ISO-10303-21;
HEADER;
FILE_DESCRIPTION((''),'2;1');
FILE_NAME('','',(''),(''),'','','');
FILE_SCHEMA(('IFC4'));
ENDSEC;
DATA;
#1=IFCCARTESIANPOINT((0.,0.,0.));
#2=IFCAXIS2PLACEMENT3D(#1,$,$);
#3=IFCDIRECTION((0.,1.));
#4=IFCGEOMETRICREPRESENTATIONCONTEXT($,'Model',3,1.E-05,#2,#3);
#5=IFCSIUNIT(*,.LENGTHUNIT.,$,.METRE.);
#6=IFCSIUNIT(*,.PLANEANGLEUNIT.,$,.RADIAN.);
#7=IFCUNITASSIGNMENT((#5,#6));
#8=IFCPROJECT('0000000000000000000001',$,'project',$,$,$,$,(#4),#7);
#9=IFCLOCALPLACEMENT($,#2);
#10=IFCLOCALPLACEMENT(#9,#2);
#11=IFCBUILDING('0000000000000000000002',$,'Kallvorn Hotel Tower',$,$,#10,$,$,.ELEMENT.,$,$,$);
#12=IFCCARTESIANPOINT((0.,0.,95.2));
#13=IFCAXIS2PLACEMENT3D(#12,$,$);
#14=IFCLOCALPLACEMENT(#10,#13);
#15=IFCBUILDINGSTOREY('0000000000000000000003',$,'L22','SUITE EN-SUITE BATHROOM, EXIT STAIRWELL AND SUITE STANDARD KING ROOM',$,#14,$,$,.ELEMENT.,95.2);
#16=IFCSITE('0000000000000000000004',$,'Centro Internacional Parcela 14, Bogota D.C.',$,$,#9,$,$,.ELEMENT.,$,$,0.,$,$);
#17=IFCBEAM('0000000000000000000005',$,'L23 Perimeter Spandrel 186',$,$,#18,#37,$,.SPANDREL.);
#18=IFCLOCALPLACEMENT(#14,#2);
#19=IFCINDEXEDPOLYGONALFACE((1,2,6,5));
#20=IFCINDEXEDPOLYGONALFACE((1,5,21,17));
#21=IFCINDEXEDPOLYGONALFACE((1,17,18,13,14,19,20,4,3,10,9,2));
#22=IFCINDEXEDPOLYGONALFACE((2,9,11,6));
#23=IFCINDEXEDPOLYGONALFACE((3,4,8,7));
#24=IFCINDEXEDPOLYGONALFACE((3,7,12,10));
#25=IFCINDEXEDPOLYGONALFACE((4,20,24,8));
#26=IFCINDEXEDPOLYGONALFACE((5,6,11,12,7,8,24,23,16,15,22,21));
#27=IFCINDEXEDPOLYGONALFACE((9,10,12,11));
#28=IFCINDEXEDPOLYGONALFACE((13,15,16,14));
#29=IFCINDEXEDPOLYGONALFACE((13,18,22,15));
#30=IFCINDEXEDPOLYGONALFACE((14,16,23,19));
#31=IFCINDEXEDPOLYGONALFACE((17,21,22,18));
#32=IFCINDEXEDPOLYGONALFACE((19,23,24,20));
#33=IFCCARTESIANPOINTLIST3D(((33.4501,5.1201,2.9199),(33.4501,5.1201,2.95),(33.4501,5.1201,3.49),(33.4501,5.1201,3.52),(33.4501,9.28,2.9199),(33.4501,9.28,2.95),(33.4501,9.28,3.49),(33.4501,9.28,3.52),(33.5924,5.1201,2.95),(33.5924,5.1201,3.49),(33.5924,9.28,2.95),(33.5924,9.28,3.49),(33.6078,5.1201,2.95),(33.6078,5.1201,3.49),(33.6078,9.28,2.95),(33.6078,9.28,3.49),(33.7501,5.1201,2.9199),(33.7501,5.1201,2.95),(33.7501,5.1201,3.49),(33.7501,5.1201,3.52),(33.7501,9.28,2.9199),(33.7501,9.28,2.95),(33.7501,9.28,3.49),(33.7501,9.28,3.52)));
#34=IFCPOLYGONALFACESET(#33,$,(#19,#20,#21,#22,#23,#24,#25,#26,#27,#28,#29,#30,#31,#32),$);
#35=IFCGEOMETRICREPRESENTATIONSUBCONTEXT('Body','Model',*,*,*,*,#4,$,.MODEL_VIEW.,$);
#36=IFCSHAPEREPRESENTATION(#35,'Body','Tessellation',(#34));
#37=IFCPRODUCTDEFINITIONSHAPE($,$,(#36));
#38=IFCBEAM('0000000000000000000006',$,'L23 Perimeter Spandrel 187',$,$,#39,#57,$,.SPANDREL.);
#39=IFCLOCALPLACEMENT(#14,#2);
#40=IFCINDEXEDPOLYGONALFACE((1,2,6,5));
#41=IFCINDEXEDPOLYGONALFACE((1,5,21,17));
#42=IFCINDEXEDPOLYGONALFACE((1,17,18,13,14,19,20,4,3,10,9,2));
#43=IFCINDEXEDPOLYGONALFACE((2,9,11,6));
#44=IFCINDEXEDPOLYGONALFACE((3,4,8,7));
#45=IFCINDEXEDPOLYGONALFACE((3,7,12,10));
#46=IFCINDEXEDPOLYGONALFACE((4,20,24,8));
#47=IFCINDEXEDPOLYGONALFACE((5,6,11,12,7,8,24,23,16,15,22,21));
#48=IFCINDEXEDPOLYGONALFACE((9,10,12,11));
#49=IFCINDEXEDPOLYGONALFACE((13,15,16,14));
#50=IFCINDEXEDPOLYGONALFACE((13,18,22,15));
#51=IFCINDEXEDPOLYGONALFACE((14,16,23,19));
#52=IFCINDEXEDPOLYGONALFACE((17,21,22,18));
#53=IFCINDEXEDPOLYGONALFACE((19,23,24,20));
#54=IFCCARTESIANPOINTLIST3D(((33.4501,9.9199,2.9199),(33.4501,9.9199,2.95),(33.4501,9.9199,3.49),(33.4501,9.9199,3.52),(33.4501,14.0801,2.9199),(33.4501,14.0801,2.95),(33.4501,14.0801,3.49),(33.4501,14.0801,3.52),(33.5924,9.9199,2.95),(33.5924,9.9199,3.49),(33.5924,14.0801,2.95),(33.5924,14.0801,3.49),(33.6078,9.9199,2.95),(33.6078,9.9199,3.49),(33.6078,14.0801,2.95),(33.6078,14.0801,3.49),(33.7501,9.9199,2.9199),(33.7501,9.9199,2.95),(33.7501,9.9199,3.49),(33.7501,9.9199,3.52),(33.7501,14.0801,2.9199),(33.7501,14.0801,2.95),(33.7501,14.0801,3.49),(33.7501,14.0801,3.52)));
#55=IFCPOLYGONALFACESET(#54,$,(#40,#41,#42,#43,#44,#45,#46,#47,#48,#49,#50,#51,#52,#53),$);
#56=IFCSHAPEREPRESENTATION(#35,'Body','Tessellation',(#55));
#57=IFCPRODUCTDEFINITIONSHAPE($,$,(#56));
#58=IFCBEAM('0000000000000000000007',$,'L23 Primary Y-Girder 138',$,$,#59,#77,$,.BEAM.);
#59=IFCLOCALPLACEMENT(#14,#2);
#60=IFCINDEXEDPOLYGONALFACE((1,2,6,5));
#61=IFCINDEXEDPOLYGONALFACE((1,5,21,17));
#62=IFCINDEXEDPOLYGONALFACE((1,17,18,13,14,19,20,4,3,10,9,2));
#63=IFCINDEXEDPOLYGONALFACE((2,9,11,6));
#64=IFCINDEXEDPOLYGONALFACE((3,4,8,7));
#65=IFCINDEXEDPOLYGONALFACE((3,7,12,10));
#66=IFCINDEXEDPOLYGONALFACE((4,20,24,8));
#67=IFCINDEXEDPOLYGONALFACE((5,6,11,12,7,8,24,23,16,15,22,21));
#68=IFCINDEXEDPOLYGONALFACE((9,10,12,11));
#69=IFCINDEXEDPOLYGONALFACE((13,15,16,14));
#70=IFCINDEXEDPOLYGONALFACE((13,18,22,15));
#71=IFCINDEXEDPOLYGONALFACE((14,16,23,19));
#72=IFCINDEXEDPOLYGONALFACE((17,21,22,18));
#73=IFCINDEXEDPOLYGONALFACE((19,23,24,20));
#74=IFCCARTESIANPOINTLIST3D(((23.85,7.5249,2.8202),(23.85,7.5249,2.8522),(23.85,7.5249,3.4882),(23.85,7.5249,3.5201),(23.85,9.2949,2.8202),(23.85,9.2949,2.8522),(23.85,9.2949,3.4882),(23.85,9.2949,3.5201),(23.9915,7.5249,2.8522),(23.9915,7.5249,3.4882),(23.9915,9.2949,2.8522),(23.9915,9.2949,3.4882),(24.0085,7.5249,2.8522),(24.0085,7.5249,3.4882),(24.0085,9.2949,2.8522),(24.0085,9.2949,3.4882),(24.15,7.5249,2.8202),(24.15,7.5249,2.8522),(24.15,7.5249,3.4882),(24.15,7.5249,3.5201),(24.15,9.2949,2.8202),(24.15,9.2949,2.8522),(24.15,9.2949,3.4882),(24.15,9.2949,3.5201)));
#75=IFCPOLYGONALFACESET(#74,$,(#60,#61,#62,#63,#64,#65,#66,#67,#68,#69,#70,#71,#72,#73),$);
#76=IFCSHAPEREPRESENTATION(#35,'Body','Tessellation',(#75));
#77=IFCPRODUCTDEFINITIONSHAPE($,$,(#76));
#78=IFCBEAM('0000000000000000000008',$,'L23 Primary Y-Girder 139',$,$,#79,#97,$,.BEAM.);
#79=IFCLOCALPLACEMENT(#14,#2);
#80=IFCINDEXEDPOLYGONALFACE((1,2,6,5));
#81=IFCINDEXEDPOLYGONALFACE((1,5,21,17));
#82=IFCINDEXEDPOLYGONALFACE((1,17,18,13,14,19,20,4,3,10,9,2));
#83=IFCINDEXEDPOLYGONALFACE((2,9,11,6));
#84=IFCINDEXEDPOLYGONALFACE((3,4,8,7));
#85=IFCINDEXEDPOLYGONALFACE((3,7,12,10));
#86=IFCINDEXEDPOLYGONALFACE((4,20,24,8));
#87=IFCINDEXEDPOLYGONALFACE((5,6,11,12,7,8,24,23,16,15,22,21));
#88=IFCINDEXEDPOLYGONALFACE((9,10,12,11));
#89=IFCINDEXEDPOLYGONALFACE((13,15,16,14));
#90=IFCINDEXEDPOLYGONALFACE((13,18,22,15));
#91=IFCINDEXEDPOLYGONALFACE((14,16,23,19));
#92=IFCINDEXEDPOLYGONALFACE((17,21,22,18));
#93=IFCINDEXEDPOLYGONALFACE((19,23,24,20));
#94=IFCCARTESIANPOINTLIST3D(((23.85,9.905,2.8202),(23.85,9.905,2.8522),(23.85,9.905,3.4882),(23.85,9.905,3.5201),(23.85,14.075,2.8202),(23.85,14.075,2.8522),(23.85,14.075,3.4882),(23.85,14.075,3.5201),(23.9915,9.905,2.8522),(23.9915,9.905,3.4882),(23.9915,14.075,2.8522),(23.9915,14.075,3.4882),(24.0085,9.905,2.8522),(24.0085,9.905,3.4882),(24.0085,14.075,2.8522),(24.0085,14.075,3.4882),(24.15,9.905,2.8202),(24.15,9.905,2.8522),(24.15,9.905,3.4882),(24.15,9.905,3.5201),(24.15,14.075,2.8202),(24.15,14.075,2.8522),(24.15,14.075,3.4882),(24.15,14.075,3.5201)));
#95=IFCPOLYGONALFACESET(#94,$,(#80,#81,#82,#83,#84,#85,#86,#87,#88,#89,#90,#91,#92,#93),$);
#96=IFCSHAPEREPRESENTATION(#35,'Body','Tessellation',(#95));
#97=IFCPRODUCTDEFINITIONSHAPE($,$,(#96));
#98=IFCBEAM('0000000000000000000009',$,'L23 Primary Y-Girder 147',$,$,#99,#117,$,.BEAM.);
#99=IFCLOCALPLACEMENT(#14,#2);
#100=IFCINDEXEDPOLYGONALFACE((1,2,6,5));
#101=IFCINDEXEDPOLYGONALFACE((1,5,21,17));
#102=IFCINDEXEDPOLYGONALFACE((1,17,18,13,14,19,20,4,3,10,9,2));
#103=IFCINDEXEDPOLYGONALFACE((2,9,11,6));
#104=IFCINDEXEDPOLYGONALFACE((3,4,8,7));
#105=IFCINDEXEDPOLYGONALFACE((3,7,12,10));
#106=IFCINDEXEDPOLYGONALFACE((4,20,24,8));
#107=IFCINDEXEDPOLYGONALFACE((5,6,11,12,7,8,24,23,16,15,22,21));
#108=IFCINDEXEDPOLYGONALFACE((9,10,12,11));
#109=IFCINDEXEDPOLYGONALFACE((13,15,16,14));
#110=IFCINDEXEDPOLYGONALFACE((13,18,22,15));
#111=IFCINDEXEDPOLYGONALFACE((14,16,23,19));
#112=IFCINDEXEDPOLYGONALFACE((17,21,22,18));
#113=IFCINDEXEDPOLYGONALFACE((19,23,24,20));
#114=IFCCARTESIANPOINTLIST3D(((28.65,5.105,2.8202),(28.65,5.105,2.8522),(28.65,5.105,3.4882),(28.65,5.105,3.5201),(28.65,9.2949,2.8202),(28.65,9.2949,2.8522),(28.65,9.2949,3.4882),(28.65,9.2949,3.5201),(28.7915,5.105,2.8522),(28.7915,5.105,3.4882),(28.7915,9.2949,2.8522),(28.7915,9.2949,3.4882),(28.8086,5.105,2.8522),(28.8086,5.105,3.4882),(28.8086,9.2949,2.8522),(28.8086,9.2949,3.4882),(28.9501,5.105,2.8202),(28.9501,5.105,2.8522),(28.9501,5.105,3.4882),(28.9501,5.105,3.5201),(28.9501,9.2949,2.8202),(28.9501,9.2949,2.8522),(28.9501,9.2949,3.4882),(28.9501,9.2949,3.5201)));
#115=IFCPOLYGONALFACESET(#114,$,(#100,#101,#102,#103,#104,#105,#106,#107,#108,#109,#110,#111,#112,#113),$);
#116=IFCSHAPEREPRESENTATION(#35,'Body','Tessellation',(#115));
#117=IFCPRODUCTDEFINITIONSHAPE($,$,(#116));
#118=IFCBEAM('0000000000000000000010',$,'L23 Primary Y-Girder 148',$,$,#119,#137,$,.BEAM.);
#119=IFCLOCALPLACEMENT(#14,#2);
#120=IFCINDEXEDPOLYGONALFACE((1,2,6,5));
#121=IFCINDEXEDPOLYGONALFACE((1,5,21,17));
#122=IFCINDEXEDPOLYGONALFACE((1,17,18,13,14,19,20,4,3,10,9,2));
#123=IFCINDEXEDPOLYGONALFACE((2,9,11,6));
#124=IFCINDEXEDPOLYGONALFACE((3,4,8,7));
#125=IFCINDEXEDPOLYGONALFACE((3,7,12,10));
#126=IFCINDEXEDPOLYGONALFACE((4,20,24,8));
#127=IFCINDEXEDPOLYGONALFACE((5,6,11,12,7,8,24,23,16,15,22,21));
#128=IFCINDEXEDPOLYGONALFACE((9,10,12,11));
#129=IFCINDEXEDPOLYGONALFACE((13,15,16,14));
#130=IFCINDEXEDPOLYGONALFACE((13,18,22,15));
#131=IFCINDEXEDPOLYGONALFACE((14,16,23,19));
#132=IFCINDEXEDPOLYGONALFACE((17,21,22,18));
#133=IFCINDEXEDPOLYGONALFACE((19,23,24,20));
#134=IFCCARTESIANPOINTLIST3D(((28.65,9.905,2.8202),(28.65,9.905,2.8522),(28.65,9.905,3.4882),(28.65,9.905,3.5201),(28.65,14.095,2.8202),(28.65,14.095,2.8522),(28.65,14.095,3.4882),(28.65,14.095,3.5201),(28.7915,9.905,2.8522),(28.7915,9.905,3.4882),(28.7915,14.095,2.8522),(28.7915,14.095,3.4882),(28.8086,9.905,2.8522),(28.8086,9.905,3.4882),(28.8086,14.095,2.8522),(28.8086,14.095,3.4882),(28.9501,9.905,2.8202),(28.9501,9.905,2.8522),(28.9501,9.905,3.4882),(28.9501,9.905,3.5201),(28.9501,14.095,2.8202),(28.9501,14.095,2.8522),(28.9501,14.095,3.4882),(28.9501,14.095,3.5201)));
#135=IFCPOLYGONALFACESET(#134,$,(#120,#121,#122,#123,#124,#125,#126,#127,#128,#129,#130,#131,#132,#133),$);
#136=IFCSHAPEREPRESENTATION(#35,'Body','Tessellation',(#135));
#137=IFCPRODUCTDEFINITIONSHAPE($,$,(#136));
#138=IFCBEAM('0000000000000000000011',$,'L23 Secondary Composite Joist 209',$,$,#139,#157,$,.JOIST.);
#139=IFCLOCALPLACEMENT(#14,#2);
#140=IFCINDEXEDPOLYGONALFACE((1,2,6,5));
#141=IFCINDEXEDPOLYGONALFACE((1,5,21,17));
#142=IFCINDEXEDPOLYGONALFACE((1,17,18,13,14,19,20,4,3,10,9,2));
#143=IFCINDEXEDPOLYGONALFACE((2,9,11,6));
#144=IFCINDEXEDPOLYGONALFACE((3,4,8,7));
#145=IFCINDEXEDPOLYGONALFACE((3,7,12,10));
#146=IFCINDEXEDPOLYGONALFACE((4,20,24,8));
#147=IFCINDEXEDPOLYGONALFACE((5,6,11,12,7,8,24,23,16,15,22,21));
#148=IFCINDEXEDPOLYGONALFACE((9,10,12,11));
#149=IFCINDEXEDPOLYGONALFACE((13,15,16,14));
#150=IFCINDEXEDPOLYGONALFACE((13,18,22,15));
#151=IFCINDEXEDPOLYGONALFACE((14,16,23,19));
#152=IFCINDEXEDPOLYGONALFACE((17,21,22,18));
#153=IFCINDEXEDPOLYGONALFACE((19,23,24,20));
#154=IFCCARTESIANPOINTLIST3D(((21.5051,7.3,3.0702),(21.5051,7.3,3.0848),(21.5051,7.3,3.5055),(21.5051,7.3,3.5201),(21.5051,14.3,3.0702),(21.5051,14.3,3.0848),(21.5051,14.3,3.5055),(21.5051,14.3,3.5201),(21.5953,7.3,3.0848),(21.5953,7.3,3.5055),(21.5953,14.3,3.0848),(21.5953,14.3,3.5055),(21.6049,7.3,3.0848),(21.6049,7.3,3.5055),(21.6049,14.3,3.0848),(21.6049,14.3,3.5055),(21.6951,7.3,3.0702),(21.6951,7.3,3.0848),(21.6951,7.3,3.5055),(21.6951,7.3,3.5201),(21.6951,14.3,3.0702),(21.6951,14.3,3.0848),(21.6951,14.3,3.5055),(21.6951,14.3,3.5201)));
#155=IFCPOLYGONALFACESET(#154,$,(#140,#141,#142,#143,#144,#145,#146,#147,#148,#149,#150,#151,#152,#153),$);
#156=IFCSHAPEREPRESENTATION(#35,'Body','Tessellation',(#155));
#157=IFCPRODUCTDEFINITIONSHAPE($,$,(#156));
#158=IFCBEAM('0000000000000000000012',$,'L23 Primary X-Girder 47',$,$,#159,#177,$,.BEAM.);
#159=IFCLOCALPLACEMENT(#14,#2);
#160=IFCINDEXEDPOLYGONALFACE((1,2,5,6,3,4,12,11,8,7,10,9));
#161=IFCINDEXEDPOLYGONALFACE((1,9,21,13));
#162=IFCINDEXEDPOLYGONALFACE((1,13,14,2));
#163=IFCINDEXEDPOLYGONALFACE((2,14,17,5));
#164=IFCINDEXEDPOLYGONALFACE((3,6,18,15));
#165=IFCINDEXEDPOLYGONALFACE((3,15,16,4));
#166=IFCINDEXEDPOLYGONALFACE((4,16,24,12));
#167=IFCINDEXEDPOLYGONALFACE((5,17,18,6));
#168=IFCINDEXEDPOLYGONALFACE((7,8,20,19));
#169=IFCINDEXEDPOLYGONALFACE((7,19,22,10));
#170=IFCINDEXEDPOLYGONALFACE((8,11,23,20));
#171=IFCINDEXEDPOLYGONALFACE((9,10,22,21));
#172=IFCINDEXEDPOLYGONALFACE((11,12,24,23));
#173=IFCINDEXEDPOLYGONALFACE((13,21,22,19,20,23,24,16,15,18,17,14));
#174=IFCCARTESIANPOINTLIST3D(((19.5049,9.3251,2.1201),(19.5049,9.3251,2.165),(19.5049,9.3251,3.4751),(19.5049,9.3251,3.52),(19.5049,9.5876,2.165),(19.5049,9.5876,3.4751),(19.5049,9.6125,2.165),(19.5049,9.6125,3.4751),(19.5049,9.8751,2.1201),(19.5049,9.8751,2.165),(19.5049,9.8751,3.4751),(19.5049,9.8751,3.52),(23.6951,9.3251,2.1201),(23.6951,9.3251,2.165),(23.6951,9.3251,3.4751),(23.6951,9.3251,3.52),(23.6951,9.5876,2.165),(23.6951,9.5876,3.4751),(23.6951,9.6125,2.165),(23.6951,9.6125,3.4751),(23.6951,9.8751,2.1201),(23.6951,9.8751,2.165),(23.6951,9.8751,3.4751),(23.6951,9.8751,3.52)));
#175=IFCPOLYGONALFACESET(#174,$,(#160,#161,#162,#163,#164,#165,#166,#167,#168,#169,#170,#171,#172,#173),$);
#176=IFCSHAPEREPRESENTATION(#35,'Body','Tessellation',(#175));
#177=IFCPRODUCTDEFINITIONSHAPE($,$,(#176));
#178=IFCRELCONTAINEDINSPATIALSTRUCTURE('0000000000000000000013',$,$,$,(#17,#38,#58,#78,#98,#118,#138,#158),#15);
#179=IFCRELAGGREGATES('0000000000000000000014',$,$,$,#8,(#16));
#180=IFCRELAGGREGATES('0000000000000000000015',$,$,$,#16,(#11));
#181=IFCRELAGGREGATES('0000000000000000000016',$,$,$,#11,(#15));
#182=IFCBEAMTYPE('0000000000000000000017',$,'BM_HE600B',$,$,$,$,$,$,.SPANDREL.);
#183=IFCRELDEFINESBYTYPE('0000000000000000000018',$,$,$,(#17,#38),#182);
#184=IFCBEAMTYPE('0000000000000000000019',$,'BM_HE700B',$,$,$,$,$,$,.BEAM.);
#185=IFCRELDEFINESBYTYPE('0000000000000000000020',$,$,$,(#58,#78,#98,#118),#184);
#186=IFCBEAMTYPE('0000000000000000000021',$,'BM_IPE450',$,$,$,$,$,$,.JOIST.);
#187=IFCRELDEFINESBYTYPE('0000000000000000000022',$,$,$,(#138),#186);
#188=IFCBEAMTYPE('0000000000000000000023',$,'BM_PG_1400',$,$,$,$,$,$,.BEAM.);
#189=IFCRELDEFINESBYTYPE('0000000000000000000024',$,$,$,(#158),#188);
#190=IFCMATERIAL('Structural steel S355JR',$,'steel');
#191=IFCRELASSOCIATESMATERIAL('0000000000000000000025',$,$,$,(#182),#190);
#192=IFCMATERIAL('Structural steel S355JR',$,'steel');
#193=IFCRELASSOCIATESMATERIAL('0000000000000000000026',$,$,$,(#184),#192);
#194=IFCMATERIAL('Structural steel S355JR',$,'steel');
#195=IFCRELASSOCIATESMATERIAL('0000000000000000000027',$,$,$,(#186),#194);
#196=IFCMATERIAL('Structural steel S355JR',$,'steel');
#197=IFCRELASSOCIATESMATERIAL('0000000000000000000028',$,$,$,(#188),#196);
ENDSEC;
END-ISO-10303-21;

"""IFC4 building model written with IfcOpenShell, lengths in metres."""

from ifc_helpers import new_model, si_unit, direction, frame, origin, origin_2d, place, context, subcontext, project, spatial, i_section, extrude, material, material_profile, profile_set, type_object, element, save


model = new_model("IFC4")

# Units and contexts
model_context = context("Model", 3, precision=1e-05, world=origin(), true_north=direction((0.0, 1.0)))
body_context = subcontext(model_context, "Body", "Model", "MODEL_VIEW")
ifc_project = project(units=[si_unit("LENGTHUNIT", "METRE"), si_unit("PLANEANGLEUNIT", "RADIAN")], contexts=[model_context])

# Site, building, storey
site_placement = place(None, origin())
site = spatial("IfcSite", under=ifc_project, at=site_placement, Name="Centro Internacional Parcela 14, Bogota D.C.", CompositionType="ELEMENT", RefElevation=0.0)
building_placement = place(site_placement, origin())
building = spatial("IfcBuilding", under=site, at=building_placement, Name="Kallvorn Hotel Tower", CompositionType="ELEMENT")
storey_placement = place(building_placement, frame((0.0, 0.0, 95.2)))
storey = spatial("IfcBuildingStorey", under=building, at=storey_placement, Name="L22", Description="SUITE EN-SUITE BATHROOM, EXIT STAIRWELL AND SUITE STANDARD KING ROOM", CompositionType="ELEMENT", Elevation=95.2)

# Beams
ifc_material_1 = material(Name="Structural steel S355JR", Category="steel")
ifc_material_profile_1 = material_profile(ifc_material_1, i_section(OverallWidth=0.3, OverallDepth=0.6001, WebThickness=0.0154, FlangeThickness=0.03, at=origin_2d()), Name="HE 600 B")
ifc_profile_set_1 = profile_set([ifc_material_profile_1], Name="Structural steel S355JR")
beam_type_1 = type_object("IfcBeamType", Name="BM_HE600B", PredefinedType="SPANDREL", material=ifc_profile_set_1)
for number, where, z_axis, x_axis, name in (
    (1, (33.6001, 5.1201, 3.22), (0.0, 1.0, 0.0), (-1.0, 0.0, 0.0), "L23 Perimeter Spandrel 186"),
):
    element("IfcBeam", number, at=place(storey_placement, frame(where, z_axis=z_axis, x_axis=x_axis)), inside=storey, type_object=beam_type_1, Name=name, PredefinedType="SPANDREL", context=body_context, shape_type="SweptSolid", body=[
        extrude(i_section(OverallWidth=0.3, OverallDepth=0.6001, WebThickness=0.0154, FlangeThickness=0.03, at=origin_2d()), origin(), (0.0, 0.0, 1.0), 4.1599),
    ])
beam_1_placement = place(storey_placement, frame((33.6001, 9.9199, 3.22), z_axis=(0.0, 1.0, 0.0), x_axis=(-1.0, 0.0, 0.0)))
element("IfcBeam", 2, at=beam_1_placement, inside=storey, type_object=beam_type_1, Name="L23 Perimeter Spandrel 187", PredefinedType="SPANDREL", context=body_context, shape_type="SweptSolid", body=[
    extrude(i_section(OverallWidth=0.3, OverallDepth=0.6001, WebThickness=0.0154, FlangeThickness=0.03, at=origin_2d()), origin(), (0.0, 0.0, 1.0), 4.1602),
])
ifc_material_2 = material(Name="Structural steel S355JR", Category="steel")
ifc_material_profile_2 = material_profile(ifc_material_2, i_section(OverallWidth=0.3, OverallDepth=0.7, WebThickness=0.0171, FlangeThickness=0.032, at=origin_2d()), Name="HE 700 B")
ifc_profile_set_2 = profile_set([ifc_material_profile_2], Name="Structural steel S355JR")
beam_type_2 = type_object("IfcBeamType", Name="BM_HE700B", PredefinedType="BEAM", material=ifc_profile_set_2)
beam_2_placement = place(storey_placement, frame((24.0, 7.5249, 3.1702), z_axis=(0.0, 1.0, 0.0), x_axis=(-1.0, 0.0, 0.0)))
element("IfcBeam", 3, at=beam_2_placement, inside=storey, type_object=beam_type_2, Name="L23 Primary Y-Girder 138", PredefinedType="BEAM", context=body_context, shape_type="SweptSolid", body=[
    extrude(i_section(OverallWidth=0.3, OverallDepth=0.7, WebThickness=0.0171, FlangeThickness=0.032, at=origin_2d()), origin(), (0.0, 0.0, 1.0), 1.77),
])
beam_3_placement = place(storey_placement, frame((24.0, 9.905, 3.1702), z_axis=(0.0, 1.0, 0.0), x_axis=(-1.0, 0.0, 0.0)))
element("IfcBeam", 4, at=beam_3_placement, inside=storey, type_object=beam_type_2, Name="L23 Primary Y-Girder 139", PredefinedType="BEAM", context=body_context, shape_type="SweptSolid", body=[
    extrude(i_section(OverallWidth=0.3, OverallDepth=0.7, WebThickness=0.0171, FlangeThickness=0.032, at=origin_2d()), origin(), (0.0, 0.0, 1.0), 4.1699),
])
for number, where, z_axis, x_axis, name in (
    (5, (28.8, 5.105, 3.1702), (0.0, 1.0, 0.0), (-1.0, 0.0, 0.0), "L23 Primary Y-Girder 147"),
    (6, (28.8, 9.905, 3.1702), (0.0, 1.0, 0.0), (-1.0, 0.0, 0.0), "L23 Primary Y-Girder 148"),
):
    element("IfcBeam", number, at=place(storey_placement, frame(where, z_axis=z_axis, x_axis=x_axis)), inside=storey, type_object=beam_type_2, Name=name, PredefinedType="BEAM", context=body_context, shape_type="SweptSolid", body=[
        extrude(i_section(OverallWidth=0.3, OverallDepth=0.7, WebThickness=0.0171, FlangeThickness=0.032, at=origin_2d()), origin(), (0.0, 0.0, 1.0), 4.1899),
    ])
ifc_material_3 = material(Name="Structural steel S355JR", Category="steel")
ifc_material_profile_3 = material_profile(ifc_material_3, i_section(OverallWidth=0.1899, OverallDepth=0.45, WebThickness=0.0095, FlangeThickness=0.0146, at=origin_2d()), Name="IPE 450")
ifc_profile_set_3 = profile_set([ifc_material_profile_3], Name="Structural steel S355JR")
beam_type_3 = type_object("IfcBeamType", Name="BM_IPE450", PredefinedType="JOIST", material=ifc_profile_set_3)
beam_4_placement = place(storey_placement, frame((21.6001, 7.3, 3.2952), z_axis=(0.0, 1.0, 0.0), x_axis=(-1.0, 0.0, 0.0)))
element("IfcBeam", 7, at=beam_4_placement, inside=storey, type_object=beam_type_3, Name="L23 Secondary Composite Joist 209", PredefinedType="JOIST", context=body_context, shape_type="SweptSolid", body=[
    extrude(i_section(OverallWidth=0.1899, OverallDepth=0.45, WebThickness=0.0095, FlangeThickness=0.0146, at=origin_2d()), origin(), (0.0, 0.0, 1.0), 7.0),
])
ifc_material_4 = material(Name="Structural steel S355JR", Category="steel")
ifc_material_profile_4 = material_profile(ifc_material_4, i_section(OverallWidth=0.55, OverallDepth=1.3999, WebThickness=0.0249, FlangeThickness=0.0449, at=origin_2d()), Name="PG 1400x550x25x45")
ifc_profile_set_4 = profile_set([ifc_material_profile_4], Name="Structural steel S355JR")
beam_type_4 = type_object("IfcBeamType", Name="BM_PG_1400", PredefinedType="BEAM", material=ifc_profile_set_4)
for number, where, z_axis, x_axis, name in (
    (8, (19.5049, 9.6001, 2.8201), (1.0, 0.0, 0.0), (0.0, 1.0, 0.0), "L23 Primary X-Girder 47"),
):
    element("IfcBeam", number, at=place(storey_placement, frame(where, z_axis=z_axis, x_axis=x_axis)), inside=storey, type_object=beam_type_4, Name=name, PredefinedType="BEAM", context=body_context, shape_type="SweptSolid", body=[
        extrude(i_section(OverallWidth=0.55, OverallDepth=1.3999, WebThickness=0.0249, FlangeThickness=0.0449, at=origin_2d()), origin(), (0.0, 0.0, 1.0), 4.1902),
    ])

save(model, "model.ifc")
